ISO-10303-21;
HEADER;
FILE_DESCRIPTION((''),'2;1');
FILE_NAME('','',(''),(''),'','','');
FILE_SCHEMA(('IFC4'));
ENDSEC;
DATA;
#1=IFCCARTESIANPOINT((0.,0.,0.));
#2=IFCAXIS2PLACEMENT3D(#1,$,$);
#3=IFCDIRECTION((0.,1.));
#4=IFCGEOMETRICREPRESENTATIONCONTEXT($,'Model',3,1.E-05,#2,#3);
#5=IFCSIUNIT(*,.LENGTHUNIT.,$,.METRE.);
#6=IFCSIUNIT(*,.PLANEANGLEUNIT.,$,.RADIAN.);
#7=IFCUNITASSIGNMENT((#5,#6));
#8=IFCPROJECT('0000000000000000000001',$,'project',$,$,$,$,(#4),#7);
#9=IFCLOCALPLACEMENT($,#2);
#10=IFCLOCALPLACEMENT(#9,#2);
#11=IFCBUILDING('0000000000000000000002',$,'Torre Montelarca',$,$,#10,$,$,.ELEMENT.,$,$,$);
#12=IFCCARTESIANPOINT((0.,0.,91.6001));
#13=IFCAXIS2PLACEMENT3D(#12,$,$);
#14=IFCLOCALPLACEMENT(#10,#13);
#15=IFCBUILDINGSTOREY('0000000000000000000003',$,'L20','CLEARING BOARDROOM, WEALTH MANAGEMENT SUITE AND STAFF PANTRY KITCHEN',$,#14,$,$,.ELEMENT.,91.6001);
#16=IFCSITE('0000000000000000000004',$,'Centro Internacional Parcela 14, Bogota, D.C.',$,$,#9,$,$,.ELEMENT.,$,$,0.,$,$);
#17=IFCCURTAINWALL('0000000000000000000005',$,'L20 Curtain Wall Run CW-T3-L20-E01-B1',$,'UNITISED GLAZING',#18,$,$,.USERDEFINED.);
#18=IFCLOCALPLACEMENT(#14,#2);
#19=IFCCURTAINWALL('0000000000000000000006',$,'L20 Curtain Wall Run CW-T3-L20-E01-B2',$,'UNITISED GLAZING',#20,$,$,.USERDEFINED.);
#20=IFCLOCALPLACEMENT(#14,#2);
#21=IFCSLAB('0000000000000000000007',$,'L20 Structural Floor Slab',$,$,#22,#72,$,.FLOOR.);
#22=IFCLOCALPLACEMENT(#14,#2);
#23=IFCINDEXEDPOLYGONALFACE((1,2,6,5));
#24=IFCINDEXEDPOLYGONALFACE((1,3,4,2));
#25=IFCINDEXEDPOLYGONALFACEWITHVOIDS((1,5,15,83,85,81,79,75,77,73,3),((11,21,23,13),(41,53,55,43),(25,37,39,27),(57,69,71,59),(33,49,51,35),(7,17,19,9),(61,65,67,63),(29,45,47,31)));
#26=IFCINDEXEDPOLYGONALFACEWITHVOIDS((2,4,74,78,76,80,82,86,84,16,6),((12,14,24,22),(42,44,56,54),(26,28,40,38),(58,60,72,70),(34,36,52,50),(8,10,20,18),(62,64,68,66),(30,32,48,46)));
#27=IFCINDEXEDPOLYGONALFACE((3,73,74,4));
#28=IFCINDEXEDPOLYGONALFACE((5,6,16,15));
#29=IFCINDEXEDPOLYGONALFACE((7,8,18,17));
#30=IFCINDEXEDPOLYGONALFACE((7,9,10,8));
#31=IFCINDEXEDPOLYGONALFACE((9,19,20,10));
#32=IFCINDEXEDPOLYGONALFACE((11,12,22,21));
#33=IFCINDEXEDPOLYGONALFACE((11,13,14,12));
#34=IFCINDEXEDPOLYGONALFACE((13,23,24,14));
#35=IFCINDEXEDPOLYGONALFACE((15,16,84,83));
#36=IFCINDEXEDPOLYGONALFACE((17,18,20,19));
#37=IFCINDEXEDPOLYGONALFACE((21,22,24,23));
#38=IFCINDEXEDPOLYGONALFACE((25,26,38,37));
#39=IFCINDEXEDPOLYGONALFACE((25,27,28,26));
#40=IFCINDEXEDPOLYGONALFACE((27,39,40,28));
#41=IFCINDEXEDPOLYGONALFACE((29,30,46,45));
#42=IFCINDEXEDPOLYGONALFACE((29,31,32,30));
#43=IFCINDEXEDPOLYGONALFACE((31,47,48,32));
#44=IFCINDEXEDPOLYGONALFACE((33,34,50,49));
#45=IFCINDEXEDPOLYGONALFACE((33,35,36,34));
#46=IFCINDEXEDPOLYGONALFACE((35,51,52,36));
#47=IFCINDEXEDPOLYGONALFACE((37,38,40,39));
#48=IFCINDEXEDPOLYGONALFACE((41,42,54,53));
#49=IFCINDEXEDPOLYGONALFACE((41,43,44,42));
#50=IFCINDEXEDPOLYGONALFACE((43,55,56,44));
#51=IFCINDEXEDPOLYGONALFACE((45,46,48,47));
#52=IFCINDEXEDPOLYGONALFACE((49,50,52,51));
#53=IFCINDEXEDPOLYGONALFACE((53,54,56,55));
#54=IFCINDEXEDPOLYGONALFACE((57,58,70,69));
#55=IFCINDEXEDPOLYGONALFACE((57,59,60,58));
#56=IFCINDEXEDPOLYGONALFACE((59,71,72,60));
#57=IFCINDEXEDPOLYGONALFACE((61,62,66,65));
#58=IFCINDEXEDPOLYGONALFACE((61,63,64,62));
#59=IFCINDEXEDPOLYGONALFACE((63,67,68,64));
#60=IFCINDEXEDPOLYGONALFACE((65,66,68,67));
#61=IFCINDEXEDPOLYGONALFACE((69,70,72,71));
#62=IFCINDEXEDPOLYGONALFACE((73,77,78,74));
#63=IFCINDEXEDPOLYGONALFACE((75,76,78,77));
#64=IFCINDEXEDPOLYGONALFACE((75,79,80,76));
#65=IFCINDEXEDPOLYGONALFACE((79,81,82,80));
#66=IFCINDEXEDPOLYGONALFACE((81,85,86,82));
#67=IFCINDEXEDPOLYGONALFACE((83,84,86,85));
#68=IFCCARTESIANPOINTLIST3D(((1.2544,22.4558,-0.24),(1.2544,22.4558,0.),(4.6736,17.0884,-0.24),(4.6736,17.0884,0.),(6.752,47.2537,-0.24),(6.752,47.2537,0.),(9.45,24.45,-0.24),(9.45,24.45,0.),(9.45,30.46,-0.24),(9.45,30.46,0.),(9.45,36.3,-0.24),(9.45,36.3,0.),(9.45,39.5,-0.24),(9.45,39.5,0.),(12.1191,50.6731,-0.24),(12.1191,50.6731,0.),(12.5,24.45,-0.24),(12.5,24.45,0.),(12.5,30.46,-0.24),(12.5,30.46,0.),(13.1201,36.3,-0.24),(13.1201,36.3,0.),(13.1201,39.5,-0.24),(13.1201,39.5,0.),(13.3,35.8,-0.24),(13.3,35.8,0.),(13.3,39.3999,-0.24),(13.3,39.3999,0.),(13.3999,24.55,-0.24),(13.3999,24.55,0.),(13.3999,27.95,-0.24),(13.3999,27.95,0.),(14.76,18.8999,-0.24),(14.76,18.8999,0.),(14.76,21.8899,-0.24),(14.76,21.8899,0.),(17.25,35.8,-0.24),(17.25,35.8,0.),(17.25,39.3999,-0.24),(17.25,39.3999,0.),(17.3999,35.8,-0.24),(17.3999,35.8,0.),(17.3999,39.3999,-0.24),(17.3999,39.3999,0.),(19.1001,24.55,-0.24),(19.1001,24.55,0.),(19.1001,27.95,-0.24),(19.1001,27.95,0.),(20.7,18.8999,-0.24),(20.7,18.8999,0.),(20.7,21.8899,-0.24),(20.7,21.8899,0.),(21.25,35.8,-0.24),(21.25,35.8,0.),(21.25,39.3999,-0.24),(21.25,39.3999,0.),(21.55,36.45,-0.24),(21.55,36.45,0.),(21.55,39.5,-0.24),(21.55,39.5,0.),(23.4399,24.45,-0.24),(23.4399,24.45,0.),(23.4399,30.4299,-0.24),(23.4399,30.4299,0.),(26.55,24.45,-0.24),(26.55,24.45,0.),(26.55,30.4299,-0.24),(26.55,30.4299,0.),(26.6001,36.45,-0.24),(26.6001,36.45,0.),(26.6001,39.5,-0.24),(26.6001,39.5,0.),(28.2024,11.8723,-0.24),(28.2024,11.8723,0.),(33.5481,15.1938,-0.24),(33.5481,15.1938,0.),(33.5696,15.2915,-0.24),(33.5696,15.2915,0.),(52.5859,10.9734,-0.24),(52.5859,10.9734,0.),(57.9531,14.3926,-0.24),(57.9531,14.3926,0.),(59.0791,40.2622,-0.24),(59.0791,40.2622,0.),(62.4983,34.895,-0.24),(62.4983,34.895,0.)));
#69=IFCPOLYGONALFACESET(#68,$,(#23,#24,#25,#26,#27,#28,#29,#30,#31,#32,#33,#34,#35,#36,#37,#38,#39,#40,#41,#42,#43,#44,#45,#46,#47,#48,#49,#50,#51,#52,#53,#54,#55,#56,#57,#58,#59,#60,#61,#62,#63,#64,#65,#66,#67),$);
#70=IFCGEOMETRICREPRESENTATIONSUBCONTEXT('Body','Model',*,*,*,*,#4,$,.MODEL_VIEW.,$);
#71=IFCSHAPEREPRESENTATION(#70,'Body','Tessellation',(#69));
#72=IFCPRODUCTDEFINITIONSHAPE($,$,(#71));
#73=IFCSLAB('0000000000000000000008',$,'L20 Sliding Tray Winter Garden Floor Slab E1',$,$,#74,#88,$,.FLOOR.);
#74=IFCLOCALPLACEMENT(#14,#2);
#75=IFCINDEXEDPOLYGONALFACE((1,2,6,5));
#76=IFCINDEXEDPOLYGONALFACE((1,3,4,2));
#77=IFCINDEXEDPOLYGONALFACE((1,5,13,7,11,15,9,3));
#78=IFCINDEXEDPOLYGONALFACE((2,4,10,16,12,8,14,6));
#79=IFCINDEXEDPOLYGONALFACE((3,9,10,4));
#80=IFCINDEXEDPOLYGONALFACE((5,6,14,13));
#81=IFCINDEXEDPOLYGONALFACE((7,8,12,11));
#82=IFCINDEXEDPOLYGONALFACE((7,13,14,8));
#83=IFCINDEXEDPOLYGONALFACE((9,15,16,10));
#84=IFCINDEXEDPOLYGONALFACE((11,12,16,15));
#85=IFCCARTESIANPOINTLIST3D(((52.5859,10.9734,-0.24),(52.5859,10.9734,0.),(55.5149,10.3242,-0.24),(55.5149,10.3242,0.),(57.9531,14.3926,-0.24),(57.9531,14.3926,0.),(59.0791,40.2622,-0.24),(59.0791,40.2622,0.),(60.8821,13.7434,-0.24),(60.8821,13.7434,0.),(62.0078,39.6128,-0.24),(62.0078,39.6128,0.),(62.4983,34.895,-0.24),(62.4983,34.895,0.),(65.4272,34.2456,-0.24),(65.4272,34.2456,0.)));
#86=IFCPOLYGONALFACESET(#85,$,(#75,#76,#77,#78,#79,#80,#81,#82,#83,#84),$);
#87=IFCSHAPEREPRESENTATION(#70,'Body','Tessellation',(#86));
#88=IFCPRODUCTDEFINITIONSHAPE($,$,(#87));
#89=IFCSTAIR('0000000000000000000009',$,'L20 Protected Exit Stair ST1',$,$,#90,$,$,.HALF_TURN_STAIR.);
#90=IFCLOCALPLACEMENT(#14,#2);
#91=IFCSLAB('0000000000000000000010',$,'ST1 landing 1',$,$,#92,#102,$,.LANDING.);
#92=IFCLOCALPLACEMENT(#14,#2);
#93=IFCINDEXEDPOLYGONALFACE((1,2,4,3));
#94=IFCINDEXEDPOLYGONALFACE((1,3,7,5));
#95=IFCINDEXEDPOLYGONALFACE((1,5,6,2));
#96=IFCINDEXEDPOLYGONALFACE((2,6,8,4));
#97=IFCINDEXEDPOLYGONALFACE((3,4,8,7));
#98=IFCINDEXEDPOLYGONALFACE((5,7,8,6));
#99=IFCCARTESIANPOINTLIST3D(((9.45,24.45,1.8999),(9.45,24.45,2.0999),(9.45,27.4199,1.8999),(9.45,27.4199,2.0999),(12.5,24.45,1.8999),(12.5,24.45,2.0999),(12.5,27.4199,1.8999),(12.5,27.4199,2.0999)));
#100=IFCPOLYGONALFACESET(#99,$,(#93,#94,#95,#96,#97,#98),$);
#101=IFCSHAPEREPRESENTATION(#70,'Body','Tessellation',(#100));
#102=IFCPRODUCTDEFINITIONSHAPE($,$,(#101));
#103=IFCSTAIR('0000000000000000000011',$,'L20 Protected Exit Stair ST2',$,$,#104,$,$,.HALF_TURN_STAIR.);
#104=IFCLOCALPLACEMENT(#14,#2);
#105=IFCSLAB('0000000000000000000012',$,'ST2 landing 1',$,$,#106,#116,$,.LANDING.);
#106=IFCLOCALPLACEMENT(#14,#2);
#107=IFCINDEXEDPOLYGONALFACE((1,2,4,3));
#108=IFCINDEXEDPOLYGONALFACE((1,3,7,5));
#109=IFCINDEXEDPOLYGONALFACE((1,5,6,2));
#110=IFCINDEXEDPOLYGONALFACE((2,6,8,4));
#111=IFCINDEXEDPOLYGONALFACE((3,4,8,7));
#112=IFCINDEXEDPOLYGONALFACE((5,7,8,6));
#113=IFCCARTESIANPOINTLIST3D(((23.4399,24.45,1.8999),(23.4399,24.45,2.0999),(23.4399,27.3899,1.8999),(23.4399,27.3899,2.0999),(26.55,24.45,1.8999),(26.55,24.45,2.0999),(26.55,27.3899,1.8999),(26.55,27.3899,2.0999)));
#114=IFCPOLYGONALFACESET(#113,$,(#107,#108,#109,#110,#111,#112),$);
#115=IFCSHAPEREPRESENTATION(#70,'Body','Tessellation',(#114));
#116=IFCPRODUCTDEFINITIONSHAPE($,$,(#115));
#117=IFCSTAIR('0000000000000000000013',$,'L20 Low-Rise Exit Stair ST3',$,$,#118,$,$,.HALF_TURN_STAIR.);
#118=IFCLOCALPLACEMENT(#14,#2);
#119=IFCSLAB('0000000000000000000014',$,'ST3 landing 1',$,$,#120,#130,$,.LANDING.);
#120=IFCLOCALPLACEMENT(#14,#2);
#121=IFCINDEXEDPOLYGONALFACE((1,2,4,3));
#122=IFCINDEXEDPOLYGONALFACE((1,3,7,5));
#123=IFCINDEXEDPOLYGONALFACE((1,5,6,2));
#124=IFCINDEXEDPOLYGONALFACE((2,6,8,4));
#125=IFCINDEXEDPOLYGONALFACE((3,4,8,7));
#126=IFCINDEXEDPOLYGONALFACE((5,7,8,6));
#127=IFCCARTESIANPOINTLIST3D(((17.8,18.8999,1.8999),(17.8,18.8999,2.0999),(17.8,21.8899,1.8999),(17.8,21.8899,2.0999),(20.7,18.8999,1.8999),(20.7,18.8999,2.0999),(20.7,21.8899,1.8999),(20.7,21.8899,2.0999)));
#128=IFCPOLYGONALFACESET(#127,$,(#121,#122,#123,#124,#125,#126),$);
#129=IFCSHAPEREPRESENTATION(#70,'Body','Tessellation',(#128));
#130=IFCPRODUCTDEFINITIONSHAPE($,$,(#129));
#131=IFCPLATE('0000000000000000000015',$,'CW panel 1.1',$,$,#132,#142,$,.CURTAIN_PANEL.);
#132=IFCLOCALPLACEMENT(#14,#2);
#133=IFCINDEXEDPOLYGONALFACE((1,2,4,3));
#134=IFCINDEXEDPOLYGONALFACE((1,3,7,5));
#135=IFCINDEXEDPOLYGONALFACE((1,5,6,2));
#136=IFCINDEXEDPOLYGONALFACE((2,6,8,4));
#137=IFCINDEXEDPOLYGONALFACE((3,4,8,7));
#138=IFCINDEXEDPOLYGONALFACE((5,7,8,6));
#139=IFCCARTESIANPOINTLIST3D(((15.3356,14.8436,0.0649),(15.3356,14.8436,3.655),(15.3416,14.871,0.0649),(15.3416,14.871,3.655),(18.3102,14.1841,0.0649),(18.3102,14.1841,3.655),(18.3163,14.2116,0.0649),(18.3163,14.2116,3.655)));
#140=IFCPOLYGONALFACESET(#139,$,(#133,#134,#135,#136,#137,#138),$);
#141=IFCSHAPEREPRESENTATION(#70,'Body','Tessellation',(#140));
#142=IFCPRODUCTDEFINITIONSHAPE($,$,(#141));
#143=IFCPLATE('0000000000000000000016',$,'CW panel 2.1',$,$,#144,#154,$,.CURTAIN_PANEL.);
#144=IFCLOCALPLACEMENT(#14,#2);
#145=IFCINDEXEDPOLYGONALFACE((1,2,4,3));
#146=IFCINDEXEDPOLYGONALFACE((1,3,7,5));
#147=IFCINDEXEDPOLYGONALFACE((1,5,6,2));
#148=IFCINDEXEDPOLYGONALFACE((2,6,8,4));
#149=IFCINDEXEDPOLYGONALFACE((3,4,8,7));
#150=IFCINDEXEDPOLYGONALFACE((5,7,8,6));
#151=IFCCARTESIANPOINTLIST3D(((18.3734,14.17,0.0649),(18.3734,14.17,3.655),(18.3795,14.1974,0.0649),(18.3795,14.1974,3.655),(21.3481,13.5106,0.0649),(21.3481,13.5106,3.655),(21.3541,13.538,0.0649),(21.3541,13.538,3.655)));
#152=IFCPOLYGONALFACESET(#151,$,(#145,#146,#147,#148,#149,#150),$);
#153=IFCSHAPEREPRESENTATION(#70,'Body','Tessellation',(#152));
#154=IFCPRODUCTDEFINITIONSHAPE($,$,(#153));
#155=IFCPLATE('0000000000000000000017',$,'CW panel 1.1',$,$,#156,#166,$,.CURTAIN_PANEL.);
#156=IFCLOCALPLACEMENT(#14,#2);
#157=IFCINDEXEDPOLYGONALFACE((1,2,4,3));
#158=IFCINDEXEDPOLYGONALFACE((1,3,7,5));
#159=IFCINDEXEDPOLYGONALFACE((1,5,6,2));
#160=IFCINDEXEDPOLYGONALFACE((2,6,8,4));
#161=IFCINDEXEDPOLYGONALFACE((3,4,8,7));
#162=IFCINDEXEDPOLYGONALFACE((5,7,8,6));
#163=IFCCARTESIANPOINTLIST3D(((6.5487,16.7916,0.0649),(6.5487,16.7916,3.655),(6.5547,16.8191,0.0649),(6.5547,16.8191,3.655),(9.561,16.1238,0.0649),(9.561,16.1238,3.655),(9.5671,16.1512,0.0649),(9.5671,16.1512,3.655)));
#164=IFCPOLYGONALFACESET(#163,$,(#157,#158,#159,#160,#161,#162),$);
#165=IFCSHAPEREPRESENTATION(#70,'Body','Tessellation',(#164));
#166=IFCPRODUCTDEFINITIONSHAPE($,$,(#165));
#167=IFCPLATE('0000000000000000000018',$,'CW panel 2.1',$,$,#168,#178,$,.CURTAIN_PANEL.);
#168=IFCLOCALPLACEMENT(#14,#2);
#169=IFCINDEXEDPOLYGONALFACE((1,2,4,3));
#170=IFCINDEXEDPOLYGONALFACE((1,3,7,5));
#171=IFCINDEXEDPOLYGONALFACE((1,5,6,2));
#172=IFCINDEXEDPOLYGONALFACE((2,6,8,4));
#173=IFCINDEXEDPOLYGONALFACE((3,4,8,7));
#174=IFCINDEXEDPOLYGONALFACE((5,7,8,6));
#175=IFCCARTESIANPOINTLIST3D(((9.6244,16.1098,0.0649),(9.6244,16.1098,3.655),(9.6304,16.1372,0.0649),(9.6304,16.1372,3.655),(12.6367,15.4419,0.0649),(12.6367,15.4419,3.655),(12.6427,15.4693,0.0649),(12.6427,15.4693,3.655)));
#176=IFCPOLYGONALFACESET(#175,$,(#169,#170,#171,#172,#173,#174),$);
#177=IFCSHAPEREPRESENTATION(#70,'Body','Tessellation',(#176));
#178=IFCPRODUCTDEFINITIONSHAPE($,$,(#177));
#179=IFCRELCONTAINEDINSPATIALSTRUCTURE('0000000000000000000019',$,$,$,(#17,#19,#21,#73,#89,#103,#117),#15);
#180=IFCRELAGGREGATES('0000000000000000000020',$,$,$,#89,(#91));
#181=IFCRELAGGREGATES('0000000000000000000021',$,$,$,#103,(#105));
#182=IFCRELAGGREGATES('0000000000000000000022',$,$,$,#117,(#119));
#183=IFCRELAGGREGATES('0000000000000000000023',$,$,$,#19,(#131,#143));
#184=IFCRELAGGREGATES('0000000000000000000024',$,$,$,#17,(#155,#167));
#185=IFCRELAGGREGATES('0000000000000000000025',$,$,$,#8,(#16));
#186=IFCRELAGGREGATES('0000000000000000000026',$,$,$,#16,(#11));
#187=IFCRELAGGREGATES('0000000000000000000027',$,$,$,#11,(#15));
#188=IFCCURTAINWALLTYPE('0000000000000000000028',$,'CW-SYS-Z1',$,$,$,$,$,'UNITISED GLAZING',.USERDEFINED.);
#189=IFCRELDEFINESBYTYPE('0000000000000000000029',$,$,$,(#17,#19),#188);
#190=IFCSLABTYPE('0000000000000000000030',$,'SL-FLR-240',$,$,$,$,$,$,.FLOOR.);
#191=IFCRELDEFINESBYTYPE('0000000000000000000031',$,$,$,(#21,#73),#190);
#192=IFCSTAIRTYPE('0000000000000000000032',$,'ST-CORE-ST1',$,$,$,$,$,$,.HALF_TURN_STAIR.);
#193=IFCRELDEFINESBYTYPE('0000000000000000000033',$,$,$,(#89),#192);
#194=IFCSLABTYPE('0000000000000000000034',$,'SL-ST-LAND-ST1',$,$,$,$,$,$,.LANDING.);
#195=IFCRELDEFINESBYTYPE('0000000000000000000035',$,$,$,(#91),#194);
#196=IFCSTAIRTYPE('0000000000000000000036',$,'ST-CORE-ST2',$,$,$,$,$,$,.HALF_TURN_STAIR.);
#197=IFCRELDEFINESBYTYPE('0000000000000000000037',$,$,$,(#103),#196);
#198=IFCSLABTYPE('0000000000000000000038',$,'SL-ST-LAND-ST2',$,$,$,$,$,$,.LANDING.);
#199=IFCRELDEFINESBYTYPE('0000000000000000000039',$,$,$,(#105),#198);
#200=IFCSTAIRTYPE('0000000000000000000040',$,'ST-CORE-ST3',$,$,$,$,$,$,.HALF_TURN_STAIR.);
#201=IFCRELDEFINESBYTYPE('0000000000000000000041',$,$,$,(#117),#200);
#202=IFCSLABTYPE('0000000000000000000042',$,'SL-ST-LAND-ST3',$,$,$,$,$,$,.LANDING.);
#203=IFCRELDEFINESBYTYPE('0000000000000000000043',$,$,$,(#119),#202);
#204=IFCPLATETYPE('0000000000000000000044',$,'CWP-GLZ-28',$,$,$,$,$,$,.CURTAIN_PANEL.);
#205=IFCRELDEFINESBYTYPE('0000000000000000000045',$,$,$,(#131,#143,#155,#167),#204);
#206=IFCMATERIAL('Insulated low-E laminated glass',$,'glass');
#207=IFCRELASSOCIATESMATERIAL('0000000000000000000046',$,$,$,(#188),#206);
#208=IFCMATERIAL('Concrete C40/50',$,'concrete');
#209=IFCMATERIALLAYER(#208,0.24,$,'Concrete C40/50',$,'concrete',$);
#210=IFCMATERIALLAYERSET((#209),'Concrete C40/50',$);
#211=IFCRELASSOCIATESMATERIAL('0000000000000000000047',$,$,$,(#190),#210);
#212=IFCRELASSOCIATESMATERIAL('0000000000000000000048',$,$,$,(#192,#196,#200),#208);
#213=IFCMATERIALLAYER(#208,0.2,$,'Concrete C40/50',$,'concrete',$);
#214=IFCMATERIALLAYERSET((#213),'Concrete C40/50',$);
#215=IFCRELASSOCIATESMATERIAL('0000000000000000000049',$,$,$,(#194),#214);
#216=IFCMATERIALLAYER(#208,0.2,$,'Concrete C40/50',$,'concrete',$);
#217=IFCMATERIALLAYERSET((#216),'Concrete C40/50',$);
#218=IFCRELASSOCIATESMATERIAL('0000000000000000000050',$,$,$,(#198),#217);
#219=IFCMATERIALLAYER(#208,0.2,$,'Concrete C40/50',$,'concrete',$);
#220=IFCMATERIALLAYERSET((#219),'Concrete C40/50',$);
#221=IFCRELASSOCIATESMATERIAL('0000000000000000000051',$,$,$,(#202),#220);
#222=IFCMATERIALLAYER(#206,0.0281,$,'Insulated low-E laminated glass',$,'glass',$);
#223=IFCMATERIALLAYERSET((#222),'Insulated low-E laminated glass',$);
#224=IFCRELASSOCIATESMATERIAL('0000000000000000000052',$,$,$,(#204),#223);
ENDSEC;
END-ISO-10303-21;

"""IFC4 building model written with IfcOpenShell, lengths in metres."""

from ifc_helpers import new_model, si_unit, direction, frame, origin, origin_2d, place, context, subcontext, project, spatial, polyline, rectangle, outline, extrude, source, transform, mapped, material, layer, layer_set, type_object, element, aggregate, save


model = new_model("IFC4")

# Units and contexts
model_context = context("Model", 3, precision=1e-05, world=origin(), true_north=direction((0.0, 1.0)))
body_context = subcontext(model_context, "Body", "Model", "MODEL_VIEW")
ifc_project = project(units=[si_unit("LENGTHUNIT", "METRE"), si_unit("PLANEANGLEUNIT", "RADIAN")], contexts=[model_context])

# Site, building, storey
site_placement = place(None, origin())
site = spatial("IfcSite", under=ifc_project, at=site_placement, Name="Centro Internacional Parcela 14, Bogota, D.C.", CompositionType="ELEMENT", RefElevation=0.0)
building_placement = place(site_placement, origin())
building = spatial("IfcBuilding", under=site, at=building_placement, Name="Torre Montelarca", CompositionType="ELEMENT")
storey_placement = place(building_placement, frame((0.0, 0.0, 91.6001)))
storey = spatial("IfcBuildingStorey", under=building, at=storey_placement, Name="L20", Description="CLEARING BOARDROOM, WEALTH MANAGEMENT SUITE AND STAFF PANTRY KITCHEN", CompositionType="ELEMENT", Elevation=91.6001)

# Curtain walls
ifc_material_1 = material(Name="Insulated low-E laminated glass", Category="glass")
curtain_wall_type = type_object("IfcCurtainWallType", Name="CW-SYS-Z1", ElementType="UNITISED GLAZING", PredefinedType="USERDEFINED", material=ifc_material_1)
curtain_wall_1_placement = place(storey_placement, origin())
curtain_wall_1 = element("IfcCurtainWall", 1, at=curtain_wall_1_placement, inside=storey, type_object=curtain_wall_type, Name="L20 Curtain Wall Run CW-T3-L20-E01-B1", ObjectType="UNITISED GLAZING", PredefinedType="USERDEFINED")
curtain_wall_2_placement = place(storey_placement, origin())
curtain_wall_2 = element("IfcCurtainWall", 2, at=curtain_wall_2_placement, inside=storey, type_object=curtain_wall_type, Name="L20 Curtain Wall Run CW-T3-L20-E01-B2", ObjectType="UNITISED GLAZING", PredefinedType="USERDEFINED")

# Slabs
ifc_material_2 = material(Name="Concrete C40/50", Category="concrete")
ifc_layer_1 = layer(ifc_material_2, 0.24, Name="Concrete C40/50", Category="concrete")
ifc_layer_set_1 = layer_set([ifc_layer_1], Name="Concrete C40/50")
slab_type_1 = type_object("IfcSlabType", Name="SL-FLR-240", PredefinedType="FLOOR", material=ifc_layer_set_1)
slab_1_placement = place(storey_placement, frame((0.0, 0.0, -0.24)))
element("IfcSlab", 3, at=slab_1_placement, inside=storey, type_object=slab_type_1, Name="L20 Structural Floor Slab", PredefinedType="FLOOR", context=body_context, shape_type="SweptSolid", body=[
    extrude(outline(polyline([(28.2024, 11.8723), (33.5696, 15.2915), (33.5481, 15.1938), (52.5859, 10.9734), (57.9531, 14.3926), (62.4983, 34.895), (59.0791, 40.2622), (12.1191, 50.6731), (6.752, 47.2537), (1.2544, 22.4558), (4.6736, 17.0884), (28.2024, 11.8723)]), holes=[polyline([(20.7, 18.8999), (14.76, 18.8999), (14.76, 21.8899), (20.7, 21.8899), (20.7, 18.8999)]), polyline([(19.1001, 24.55), (13.3999, 24.55), (13.3999, 27.95), (19.1001, 27.95), (19.1001, 24.55)]), polyline([(23.4399, 24.45), (23.4399, 30.4299), (26.55, 30.4299), (26.55, 24.45), (23.4399, 24.45)]), polyline([(9.45, 24.45), (9.45, 30.46), (12.5, 30.46), (12.5, 24.45), (9.45, 24.45)]), polyline([(17.25, 35.8), (13.3, 35.8), (13.3, 39.3999), (17.25, 39.3999), (17.25, 35.8)]), polyline([(21.25, 35.8), (17.3999, 35.8), (17.3999, 39.3999), (21.25, 39.3999), (21.25, 35.8)]), polyline([(13.1201, 36.3), (9.45, 36.3), (9.45, 39.5), (13.1201, 39.5), (13.1201, 36.3)]), polyline([(26.6001, 36.45), (21.55, 36.45), (21.55, 39.5), (26.6001, 39.5), (26.6001, 36.45)])]), origin(), (0.0, 0.0, 1.0), 0.24),
])
slab_2_placement = place(storey_placement, frame((0.0, 0.0, -0.24)))
element("IfcSlab", 4, at=slab_2_placement, inside=storey, type_object=slab_type_1, Name="L20 Sliding Tray Winter Garden Floor Slab E1", PredefinedType="FLOOR", context=body_context, shape_type="SweptSolid", body=[
    extrude(outline(polyline([(59.0791, 40.2622), (62.4983, 34.895), (57.9531, 14.3926), (52.5859, 10.9734), (55.5149, 10.3242), (60.8821, 13.7434), (65.4272, 34.2456), (62.0078, 39.6128), (59.0791, 40.2622)])), origin(), (0.0, 0.0, 1.0), 0.24),
])

# Stairs, slabs
stair_type_1 = type_object("IfcStairType", Name="ST-CORE-ST1", PredefinedType="HALF_TURN_STAIR", material=ifc_material_2)
stair_1_placement = place(storey_placement, origin())
stair_1 = element("IfcStair", 5, at=stair_1_placement, inside=storey, type_object=stair_type_1, Name="L20 Protected Exit Stair ST1", PredefinedType="HALF_TURN_STAIR")
ifc_layer_2 = layer(ifc_material_2, 0.2, Name="Concrete C40/50", Category="concrete")
ifc_layer_set_2 = layer_set([ifc_layer_2], Name="Concrete C40/50")
slab_type_2 = type_object("IfcSlabType", Name="SL-ST-LAND-ST1", PredefinedType="LANDING", material=ifc_layer_set_2)
slab_3_placement = place(storey_placement, frame((0.0, 0.0, 1.8999)))
slab_3 = element("IfcSlab", 6, at=slab_3_placement, type_object=slab_type_2, Name="ST1 landing 1", PredefinedType="LANDING", context=body_context, shape_type="SweptSolid", body=[
    extrude(outline(polyline([(9.45, 27.4199), (9.45, 24.45), (12.5, 24.45), (12.5, 27.4199), (9.45, 27.4199)])), origin(), (0.0, 0.0, 1.0), 0.2),
])
aggregate(stair_1, [slab_3])
stair_type_2 = type_object("IfcStairType", Name="ST-CORE-ST2", PredefinedType="HALF_TURN_STAIR", material=ifc_material_2)
stair_2_placement = place(storey_placement, origin())
stair_2 = element("IfcStair", 7, at=stair_2_placement, inside=storey, type_object=stair_type_2, Name="L20 Protected Exit Stair ST2", PredefinedType="HALF_TURN_STAIR")
ifc_layer_3 = layer(ifc_material_2, 0.2, Name="Concrete C40/50", Category="concrete")
ifc_layer_set_3 = layer_set([ifc_layer_3], Name="Concrete C40/50")
slab_type_3 = type_object("IfcSlabType", Name="SL-ST-LAND-ST2", PredefinedType="LANDING", material=ifc_layer_set_3)
slab_4_placement = place(storey_placement, frame((0.0, 0.0, 1.8999)))
slab_4 = element("IfcSlab", 8, at=slab_4_placement, type_object=slab_type_3, Name="ST2 landing 1", PredefinedType="LANDING", context=body_context, shape_type="SweptSolid", body=[
    extrude(outline(polyline([(23.4399, 27.3899), (23.4399, 24.45), (26.55, 24.45), (26.55, 27.3899), (23.4399, 27.3899)])), origin(), (0.0, 0.0, 1.0), 0.2),
])
aggregate(stair_2, [slab_4])
stair_type_3 = type_object("IfcStairType", Name="ST-CORE-ST3", PredefinedType="HALF_TURN_STAIR", material=ifc_material_2)
stair_3_placement = place(storey_placement, origin())
stair_3 = element("IfcStair", 9, at=stair_3_placement, inside=storey, type_object=stair_type_3, Name="L20 Low-Rise Exit Stair ST3", PredefinedType="HALF_TURN_STAIR")
ifc_layer_4 = layer(ifc_material_2, 0.2, Name="Concrete C40/50", Category="concrete")
ifc_layer_set_4 = layer_set([ifc_layer_4], Name="Concrete C40/50")
slab_type_4 = type_object("IfcSlabType", Name="SL-ST-LAND-ST3", PredefinedType="LANDING", material=ifc_layer_set_4)
slab_5_placement = place(storey_placement, frame((0.0, 0.0, 1.8999)))
slab_5 = element("IfcSlab", 10, at=slab_5_placement, type_object=slab_type_4, Name="ST3 landing 1", PredefinedType="LANDING", context=body_context, shape_type="SweptSolid", body=[
    extrude(outline(polyline([(17.8, 18.8999), (20.7, 18.8999), (20.7, 21.8899), (17.8, 21.8899), (17.8, 18.8999)])), origin(), (0.0, 0.0, 1.0), 0.2),
])
aggregate(stair_3, [slab_5])

# Plates
ifc_layer_5 = layer(ifc_material_1, 0.0281, Name="Insulated low-E laminated glass", Category="glass")
ifc_layer_set_5 = layer_set([ifc_layer_5], Name="Insulated low-E laminated glass")
plate_type = type_object("IfcPlateType", Name="CWP-GLZ-28", PredefinedType="CURTAIN_PANEL", material=ifc_layer_set_5)
shared_shape_1 = source(origin(), body_context, "Body", "SweptSolid", [
    extrude(rectangle(XDim=3.0469, YDim=0.0281, at=origin_2d()), origin(), (0.0, 0.0, 1.0), 3.5901),
])
plate_1_placement = place(storey_placement, frame((16.8259, 14.5276, 0.0649), z_axis=(0.0, 0.0, 1.0), x_axis=(0.976296, -0.21644, 0.0)))
plate_1 = element("IfcPlate", 11, at=plate_1_placement, type_object=plate_type, Name="CW panel 1.1", PredefinedType="CURTAIN_PANEL", context=body_context, shape_type="MappedRepresentation", body=[
    mapped(shared_shape_1, transform((0.0, 0.0, 0.0), scale=1.0)),
])
plate_2_placement = place(storey_placement, frame((19.8638, 13.854, 0.0649), z_axis=(0.0, 0.0, 1.0), x_axis=(0.976296, -0.21644, 0.0)))
plate_2 = element("IfcPlate", 12, at=plate_2_placement, type_object=plate_type, Name="CW panel 2.1", PredefinedType="CURTAIN_PANEL", context=body_context, shape_type="MappedRepresentation", body=[
    mapped(shared_shape_1, transform((0.0, 0.0, 0.0), scale=1.0)),
])
aggregate(curtain_wall_2, [plate_1, plate_2])
shared_shape_2 = source(origin(), body_context, "Body", "SweptSolid", [
    extrude(rectangle(XDim=3.0854, YDim=0.0281, at=origin_2d()), origin(), (0.0, 0.0, 1.0), 3.5901),
])
plate_3_placement = place(storey_placement, frame((8.0579, 16.4714, 0.0649), z_axis=(0.0, 0.0, 1.0), x_axis=(0.976296, -0.216441, 0.0)))
plate_3 = element("IfcPlate", 13, at=plate_3_placement, type_object=plate_type, Name="CW panel 1.1", PredefinedType="CURTAIN_PANEL", context=body_context, shape_type="MappedRepresentation", body=[
    mapped(shared_shape_2, transform((0.0, 0.0, 0.0), scale=1.0)),
])
plate_4_placement = place(storey_placement, frame((11.1335, 15.7896, 0.0649), z_axis=(0.0, 0.0, 1.0), x_axis=(0.976296, -0.216441, 0.0)))
plate_4 = element("IfcPlate", 14, at=plate_4_placement, type_object=plate_type, Name="CW panel 2.1", PredefinedType="CURTAIN_PANEL", context=body_context, shape_type="MappedRepresentation", body=[
    mapped(shared_shape_2, transform((0.0, 0.0, 0.0), scale=1.0)),
])
aggregate(curtain_wall_1, [plate_3, plate_4])

save(model, "model.ifc")
